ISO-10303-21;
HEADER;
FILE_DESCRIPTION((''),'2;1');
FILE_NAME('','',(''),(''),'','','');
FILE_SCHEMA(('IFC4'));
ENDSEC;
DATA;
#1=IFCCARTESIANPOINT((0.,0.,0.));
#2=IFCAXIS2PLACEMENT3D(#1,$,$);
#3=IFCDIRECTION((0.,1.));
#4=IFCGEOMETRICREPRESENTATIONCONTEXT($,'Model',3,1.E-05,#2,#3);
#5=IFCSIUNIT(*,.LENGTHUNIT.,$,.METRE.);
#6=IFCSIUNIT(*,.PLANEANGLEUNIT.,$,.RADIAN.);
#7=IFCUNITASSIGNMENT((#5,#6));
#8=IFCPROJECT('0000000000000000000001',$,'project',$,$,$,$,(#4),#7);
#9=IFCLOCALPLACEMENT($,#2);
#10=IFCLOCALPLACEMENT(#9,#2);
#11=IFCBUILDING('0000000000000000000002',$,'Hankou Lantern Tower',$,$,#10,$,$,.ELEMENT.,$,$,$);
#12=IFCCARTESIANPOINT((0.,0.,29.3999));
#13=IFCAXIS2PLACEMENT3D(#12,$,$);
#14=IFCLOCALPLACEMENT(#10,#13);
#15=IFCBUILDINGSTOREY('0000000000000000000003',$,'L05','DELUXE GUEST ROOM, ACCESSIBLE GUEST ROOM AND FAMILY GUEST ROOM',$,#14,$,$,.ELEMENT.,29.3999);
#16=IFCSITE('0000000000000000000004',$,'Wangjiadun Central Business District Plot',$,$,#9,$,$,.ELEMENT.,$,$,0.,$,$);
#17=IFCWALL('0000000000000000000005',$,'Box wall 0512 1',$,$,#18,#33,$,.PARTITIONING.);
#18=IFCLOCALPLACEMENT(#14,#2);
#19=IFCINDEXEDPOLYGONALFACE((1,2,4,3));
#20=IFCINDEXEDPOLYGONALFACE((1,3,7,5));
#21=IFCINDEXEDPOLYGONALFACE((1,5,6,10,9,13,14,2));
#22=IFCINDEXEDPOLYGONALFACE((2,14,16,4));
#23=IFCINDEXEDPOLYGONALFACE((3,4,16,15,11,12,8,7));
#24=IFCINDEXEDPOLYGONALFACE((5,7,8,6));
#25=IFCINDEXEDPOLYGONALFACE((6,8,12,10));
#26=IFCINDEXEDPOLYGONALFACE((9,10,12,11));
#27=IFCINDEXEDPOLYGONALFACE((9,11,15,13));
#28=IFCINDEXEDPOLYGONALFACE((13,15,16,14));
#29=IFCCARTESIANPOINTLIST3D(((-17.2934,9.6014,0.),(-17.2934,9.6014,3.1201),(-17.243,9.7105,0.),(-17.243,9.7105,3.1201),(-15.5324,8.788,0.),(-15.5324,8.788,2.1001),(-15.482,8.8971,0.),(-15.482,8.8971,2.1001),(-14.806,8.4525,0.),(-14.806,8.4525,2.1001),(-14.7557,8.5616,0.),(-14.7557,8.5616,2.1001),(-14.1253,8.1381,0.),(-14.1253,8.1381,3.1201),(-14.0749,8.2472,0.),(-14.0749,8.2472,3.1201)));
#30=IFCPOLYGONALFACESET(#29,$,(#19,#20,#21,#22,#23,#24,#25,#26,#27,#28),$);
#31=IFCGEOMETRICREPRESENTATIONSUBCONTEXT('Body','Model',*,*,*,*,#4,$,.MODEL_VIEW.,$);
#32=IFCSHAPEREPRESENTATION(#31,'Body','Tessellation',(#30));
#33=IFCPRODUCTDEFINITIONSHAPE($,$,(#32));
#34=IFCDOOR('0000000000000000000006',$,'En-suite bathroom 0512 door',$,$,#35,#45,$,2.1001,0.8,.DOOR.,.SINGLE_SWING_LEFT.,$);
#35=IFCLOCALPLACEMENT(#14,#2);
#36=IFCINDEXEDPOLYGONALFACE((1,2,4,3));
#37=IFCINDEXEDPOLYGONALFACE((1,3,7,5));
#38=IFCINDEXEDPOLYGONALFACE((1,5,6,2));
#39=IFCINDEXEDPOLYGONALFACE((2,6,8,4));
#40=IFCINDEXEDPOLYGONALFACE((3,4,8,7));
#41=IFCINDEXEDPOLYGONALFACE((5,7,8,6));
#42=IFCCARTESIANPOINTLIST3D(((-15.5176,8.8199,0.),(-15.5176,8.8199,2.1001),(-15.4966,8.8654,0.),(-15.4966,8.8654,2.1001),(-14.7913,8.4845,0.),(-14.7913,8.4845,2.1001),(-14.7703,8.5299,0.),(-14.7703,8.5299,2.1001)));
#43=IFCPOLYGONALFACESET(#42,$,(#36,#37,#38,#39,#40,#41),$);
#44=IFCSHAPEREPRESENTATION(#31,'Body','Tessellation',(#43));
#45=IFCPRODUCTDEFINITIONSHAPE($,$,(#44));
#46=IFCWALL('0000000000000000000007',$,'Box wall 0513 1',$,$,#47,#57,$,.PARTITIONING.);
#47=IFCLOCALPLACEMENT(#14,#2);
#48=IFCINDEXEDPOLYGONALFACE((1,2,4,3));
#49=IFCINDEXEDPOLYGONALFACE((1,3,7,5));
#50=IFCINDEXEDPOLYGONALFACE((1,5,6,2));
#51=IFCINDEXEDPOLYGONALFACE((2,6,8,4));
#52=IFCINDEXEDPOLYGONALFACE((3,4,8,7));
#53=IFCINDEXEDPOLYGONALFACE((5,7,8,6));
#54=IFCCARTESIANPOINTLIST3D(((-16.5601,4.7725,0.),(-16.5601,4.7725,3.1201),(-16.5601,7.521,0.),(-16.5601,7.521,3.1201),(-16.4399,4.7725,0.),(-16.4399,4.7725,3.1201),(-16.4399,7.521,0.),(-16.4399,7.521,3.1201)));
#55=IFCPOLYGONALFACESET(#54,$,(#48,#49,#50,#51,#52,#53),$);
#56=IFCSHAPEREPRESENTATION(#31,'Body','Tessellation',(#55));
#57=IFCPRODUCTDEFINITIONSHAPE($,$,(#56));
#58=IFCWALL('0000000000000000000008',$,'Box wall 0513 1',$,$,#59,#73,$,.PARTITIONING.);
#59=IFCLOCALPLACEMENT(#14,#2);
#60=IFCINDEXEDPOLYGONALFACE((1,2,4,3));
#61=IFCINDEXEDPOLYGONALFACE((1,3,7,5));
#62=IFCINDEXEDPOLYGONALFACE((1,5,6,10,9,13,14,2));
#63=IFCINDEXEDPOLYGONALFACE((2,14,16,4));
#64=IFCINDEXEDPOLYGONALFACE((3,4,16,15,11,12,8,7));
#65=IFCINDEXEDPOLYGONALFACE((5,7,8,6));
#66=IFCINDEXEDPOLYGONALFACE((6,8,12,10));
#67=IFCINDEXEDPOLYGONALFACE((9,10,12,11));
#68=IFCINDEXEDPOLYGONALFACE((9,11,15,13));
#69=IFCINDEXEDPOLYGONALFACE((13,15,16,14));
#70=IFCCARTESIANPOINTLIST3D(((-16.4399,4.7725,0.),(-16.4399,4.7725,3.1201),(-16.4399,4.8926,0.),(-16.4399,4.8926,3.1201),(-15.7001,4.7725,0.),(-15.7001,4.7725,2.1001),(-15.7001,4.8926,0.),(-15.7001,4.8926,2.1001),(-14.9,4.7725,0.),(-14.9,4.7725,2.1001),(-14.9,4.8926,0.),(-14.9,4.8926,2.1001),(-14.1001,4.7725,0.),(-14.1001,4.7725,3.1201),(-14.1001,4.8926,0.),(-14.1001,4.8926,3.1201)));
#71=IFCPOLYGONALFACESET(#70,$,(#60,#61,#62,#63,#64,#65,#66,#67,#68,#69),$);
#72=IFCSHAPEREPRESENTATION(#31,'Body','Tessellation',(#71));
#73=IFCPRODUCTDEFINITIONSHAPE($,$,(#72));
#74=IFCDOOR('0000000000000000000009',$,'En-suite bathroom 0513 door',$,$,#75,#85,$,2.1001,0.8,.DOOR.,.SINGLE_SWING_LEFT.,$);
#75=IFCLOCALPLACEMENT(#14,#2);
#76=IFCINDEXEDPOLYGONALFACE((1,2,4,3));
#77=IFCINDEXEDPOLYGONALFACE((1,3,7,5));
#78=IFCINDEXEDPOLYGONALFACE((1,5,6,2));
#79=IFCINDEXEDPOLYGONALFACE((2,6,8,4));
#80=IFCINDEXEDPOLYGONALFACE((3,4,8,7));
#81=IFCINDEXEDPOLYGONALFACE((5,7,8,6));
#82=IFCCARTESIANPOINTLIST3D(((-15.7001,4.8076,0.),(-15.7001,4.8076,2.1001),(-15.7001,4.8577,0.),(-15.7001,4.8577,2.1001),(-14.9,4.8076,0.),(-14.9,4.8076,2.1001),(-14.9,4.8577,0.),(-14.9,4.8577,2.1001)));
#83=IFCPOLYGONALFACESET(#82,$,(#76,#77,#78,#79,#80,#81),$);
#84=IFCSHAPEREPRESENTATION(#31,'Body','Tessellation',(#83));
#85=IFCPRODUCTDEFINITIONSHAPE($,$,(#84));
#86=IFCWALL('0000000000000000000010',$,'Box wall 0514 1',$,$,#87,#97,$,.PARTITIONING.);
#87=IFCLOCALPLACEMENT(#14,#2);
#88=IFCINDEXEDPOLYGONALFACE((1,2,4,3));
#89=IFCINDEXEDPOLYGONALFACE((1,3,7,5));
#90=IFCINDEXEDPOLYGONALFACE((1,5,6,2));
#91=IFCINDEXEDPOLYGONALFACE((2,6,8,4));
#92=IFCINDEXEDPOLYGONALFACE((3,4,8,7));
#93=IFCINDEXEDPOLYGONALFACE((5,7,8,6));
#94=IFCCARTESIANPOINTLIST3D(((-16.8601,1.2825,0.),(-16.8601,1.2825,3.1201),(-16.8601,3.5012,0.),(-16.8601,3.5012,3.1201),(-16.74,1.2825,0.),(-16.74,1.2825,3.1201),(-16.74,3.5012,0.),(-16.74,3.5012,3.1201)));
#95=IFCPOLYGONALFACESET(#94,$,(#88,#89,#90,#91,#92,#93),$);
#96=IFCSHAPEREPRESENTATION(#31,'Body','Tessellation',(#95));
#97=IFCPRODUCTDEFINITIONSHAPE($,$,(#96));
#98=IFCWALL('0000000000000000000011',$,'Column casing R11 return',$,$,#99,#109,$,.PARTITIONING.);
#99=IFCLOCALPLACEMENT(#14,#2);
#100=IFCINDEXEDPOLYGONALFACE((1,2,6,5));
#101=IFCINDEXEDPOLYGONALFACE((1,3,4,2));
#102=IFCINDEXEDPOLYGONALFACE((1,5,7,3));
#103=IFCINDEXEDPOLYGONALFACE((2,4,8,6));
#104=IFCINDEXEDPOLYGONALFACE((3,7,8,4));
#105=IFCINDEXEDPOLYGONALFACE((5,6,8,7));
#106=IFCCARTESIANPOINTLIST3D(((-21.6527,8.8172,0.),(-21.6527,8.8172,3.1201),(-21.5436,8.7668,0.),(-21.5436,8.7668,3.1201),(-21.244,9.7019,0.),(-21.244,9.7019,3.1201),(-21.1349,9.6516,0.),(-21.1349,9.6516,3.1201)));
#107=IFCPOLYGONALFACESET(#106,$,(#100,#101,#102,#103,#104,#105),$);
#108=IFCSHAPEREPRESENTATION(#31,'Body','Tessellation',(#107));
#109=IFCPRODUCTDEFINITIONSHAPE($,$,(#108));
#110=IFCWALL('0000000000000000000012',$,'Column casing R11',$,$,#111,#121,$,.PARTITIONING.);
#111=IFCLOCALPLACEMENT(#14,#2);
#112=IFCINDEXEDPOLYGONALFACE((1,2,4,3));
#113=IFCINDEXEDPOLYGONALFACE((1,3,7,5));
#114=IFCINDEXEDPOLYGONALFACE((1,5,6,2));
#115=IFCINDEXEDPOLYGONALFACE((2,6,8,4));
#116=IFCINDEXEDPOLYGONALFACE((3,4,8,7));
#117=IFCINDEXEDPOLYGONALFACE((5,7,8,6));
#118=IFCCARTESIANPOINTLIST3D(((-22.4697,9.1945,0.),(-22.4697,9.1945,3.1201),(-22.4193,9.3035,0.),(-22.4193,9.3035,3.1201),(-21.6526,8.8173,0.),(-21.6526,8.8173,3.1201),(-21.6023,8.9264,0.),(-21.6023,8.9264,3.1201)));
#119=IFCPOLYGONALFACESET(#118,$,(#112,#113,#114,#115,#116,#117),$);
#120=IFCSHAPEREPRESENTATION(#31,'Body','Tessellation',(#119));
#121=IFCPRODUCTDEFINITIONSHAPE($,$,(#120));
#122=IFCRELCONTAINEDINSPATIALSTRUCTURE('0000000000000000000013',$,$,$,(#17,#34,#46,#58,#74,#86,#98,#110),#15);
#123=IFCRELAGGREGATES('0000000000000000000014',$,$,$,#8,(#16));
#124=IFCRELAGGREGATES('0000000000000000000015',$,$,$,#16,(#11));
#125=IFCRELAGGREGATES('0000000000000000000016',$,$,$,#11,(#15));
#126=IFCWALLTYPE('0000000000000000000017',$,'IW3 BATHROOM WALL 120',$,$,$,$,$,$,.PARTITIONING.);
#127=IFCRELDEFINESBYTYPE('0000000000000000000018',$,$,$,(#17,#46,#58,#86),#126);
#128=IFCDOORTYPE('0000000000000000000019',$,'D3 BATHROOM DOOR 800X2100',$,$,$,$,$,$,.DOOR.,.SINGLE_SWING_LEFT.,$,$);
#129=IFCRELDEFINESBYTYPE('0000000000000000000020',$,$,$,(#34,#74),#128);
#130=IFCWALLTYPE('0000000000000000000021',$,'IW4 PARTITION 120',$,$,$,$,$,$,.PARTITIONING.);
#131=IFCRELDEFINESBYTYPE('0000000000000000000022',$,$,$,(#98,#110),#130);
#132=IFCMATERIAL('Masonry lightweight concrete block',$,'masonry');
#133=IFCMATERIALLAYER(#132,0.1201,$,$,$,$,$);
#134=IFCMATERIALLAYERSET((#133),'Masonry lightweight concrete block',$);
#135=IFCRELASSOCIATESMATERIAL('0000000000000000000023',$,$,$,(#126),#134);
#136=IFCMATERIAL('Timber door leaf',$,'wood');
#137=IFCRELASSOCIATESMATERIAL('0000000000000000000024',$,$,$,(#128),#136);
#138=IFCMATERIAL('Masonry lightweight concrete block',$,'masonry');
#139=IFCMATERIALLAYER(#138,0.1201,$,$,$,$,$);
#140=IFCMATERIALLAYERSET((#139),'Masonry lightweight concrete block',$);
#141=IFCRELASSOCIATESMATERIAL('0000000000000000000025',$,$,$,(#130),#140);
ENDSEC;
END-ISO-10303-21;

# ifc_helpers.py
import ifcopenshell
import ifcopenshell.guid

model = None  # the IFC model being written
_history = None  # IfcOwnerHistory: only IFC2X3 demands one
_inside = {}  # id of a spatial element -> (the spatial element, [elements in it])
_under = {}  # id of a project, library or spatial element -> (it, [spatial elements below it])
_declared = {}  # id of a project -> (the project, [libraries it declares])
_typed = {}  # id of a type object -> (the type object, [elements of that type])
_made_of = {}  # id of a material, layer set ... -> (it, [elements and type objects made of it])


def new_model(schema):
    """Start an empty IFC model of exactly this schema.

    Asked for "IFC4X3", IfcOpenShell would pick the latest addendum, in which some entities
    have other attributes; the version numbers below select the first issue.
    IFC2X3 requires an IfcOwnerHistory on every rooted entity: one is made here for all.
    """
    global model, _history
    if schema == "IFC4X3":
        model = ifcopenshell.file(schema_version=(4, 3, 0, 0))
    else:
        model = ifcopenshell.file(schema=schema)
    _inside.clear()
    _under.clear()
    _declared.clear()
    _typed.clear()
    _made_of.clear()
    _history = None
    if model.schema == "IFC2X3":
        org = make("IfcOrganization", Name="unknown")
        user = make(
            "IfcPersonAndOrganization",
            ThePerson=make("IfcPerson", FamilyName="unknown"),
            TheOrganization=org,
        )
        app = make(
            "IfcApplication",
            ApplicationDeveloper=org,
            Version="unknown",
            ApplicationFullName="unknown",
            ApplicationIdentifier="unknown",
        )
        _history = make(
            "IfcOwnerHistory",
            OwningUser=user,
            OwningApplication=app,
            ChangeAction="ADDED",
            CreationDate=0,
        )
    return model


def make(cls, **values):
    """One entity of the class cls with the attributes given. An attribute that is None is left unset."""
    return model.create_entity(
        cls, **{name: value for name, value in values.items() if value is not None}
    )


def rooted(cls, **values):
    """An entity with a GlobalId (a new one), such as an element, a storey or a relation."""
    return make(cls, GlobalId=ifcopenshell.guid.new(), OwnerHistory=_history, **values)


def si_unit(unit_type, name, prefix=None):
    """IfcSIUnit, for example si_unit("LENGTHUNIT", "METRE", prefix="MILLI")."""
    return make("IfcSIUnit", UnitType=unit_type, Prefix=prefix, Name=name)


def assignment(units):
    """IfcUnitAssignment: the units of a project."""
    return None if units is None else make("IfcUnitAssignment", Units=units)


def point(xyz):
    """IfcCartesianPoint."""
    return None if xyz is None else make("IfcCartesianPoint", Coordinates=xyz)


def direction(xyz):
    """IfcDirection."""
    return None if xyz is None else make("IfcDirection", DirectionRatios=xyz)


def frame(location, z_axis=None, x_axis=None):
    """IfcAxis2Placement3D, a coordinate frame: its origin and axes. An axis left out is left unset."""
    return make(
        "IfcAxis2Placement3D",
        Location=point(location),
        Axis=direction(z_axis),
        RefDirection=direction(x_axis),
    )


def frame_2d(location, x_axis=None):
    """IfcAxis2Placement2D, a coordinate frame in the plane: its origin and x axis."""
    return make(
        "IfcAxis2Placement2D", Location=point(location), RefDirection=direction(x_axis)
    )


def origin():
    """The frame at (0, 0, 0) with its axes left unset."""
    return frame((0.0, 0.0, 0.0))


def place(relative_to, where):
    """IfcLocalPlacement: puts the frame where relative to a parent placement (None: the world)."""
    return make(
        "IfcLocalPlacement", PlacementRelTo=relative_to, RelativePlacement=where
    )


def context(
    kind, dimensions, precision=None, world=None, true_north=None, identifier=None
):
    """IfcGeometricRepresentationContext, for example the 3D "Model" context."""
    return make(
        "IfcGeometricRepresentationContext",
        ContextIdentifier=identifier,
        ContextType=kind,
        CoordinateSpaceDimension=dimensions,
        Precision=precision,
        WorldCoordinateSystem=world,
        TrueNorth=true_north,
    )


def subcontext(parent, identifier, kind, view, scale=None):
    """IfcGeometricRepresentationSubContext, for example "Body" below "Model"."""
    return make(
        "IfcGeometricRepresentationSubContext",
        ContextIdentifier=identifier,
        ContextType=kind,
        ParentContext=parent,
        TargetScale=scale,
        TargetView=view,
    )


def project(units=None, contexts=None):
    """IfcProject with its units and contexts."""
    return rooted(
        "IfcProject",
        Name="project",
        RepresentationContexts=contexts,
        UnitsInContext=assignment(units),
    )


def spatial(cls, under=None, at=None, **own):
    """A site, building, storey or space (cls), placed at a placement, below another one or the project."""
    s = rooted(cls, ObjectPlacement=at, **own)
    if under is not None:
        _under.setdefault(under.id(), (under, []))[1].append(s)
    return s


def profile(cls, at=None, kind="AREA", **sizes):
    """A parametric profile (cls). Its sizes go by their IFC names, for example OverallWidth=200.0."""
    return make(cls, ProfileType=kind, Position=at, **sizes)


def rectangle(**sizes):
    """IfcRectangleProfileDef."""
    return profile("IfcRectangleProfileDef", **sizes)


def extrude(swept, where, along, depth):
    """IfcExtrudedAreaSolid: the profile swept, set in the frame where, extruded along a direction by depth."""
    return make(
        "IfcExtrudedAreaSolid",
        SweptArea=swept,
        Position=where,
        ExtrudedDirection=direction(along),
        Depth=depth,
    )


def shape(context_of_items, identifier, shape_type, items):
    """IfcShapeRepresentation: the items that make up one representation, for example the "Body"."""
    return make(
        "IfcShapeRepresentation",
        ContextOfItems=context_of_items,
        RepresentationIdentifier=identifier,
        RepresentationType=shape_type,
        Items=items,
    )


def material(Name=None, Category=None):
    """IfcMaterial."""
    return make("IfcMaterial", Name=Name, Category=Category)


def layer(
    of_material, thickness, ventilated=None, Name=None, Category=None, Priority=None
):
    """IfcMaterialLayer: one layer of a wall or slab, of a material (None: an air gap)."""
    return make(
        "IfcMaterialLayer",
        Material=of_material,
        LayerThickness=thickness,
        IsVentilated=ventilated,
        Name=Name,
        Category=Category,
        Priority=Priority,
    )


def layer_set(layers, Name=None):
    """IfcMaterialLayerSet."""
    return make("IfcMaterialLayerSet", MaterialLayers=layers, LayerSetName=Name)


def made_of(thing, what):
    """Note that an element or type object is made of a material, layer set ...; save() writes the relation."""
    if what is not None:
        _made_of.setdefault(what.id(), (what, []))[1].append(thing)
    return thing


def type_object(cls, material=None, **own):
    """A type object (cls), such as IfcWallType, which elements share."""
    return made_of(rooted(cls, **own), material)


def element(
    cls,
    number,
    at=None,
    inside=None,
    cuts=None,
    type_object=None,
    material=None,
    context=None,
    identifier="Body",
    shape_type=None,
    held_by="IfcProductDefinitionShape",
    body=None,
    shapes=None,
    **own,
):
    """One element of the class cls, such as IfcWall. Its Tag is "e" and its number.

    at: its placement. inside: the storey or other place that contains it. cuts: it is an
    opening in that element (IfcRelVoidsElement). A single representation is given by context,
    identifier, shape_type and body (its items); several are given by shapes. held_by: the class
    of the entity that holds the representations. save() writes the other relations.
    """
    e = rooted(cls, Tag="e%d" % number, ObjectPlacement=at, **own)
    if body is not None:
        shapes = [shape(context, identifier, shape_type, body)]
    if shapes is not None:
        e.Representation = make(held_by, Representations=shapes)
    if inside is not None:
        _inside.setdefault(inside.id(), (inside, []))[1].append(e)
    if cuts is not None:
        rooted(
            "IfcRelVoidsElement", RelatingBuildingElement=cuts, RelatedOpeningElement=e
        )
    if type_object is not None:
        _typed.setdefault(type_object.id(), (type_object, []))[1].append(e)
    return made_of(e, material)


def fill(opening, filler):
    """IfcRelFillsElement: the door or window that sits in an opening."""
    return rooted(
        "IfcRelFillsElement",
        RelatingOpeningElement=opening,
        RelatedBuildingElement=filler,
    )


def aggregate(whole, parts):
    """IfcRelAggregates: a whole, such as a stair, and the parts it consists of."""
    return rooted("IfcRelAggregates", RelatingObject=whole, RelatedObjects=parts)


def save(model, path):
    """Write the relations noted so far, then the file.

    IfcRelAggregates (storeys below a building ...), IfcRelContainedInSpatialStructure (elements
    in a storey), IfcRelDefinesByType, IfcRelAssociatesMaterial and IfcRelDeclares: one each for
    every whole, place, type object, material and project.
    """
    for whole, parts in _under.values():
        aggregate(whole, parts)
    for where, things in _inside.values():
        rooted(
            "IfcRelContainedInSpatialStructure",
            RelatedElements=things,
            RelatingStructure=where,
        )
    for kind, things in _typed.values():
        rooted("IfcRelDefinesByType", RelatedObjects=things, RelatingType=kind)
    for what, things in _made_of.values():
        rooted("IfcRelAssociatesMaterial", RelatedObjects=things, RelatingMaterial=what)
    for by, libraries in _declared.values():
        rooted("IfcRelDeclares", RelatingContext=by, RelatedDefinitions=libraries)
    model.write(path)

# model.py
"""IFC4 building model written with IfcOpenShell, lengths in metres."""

from ifc_helpers import new_model, si_unit, direction, frame, frame_2d, origin, place, context, subcontext, project, spatial, rectangle, extrude, material, layer, layer_set, type_object, element, fill, save


model = new_model("IFC4")

# Units and contexts
model_context = context("Model", 3, precision=1e-05, world=origin(), true_north=direction((0.0, 1.0)))
body_context = subcontext(model_context, "Body", "Model", "MODEL_VIEW")
ifc_project = project(units=[si_unit("LENGTHUNIT", "METRE"), si_unit("PLANEANGLEUNIT", "RADIAN")], contexts=[model_context])

# Site, building, storey
site_placement = place(None, origin())
site = spatial("IfcSite", under=ifc_project, at=site_placement, Name="Wangjiadun Central Business District Plot", CompositionType="ELEMENT", RefElevation=0.0)
building_placement = place(site_placement, origin())
building = spatial("IfcBuilding", under=site, at=building_placement, Name="Hankou Lantern Tower", CompositionType="ELEMENT")
storey_placement = place(building_placement, frame((0.0, 0.0, 29.3999)))
storey = spatial("IfcBuildingStorey", under=building, at=storey_placement, Name="L05", Description="DELUXE GUEST ROOM, ACCESSIBLE GUEST ROOM AND FAMILY GUEST ROOM", CompositionType="ELEMENT", Elevation=29.3999)

# Shared definitions
ifc_material_1 = material(Name="Masonry lightweight concrete block", Category="masonry")
ifc_layer_1 = layer(ifc_material_1, 0.1201)
ifc_layer_set_1 = layer_set([ifc_layer_1], Name="Masonry lightweight concrete block")
wall_type_1 = type_object("IfcWallType", Name="IW3 BATHROOM WALL 120", PredefinedType="PARTITIONING", material=ifc_layer_set_1)

# Wall, opening, door
wall_1_placement = place(storey_placement, frame((-14.1001, 8.1926, 0.0), z_axis=(0.0, 0.0, 1.0), x_axis=(-0.907836, 0.419324, 0.0)))
wall_1 = element("IfcWall", 1, at=wall_1_placement, inside=storey, type_object=wall_type_1, Name="Box wall 0512 1", PredefinedType="PARTITIONING", context=body_context, shape_type="SweptSolid", body=[
    extrude(rectangle(XDim=3.4897, YDim=0.1201, at=frame_2d((1.7449, 0.0))), origin(), (0.0, 0.0, 1.0), 3.1201),
])
opening_1_placement = place(wall_1_placement, frame((0.75, 0.0, 0.0)))
opening_1 = element("IfcOpeningElement", 2, at=opening_1_placement, cuts=wall_1, PredefinedType="OPENING", context=body_context, shape_type="SweptSolid", body=[
    extrude(rectangle(XDim=0.8, YDim=2.1001, at=frame_2d((0.3999, 1.05))), frame((0.0, 0.0701, 0.0), z_axis=(0.0, -1.0, 0.0), x_axis=(1.0, 0.0, 0.0)), (0.0, 0.0, 1.0), 0.1401),
])
ifc_material_2 = material(Name="Timber door leaf", Category="wood")
door_type_1 = type_object("IfcDoorType", Name="D3 BATHROOM DOOR 800X2100", OperationType="SINGLE_SWING_LEFT", PredefinedType="DOOR", material=ifc_material_2)
door_1_placement = place(opening_1_placement, origin())
door_1 = element("IfcDoor", 3, at=door_1_placement, inside=storey, type_object=door_type_1, Name="En-suite bathroom 0512 door", OperationType="SINGLE_SWING_LEFT", OverallHeight=2.1001, OverallWidth=0.8, PredefinedType="DOOR", context=body_context, shape_type="SweptSolid", body=[
    extrude(rectangle(XDim=0.8, YDim=2.1001, at=frame_2d((0.3999, 1.05))), frame((0.0, 0.0249, 0.0), z_axis=(0.0, -1.0, 0.0), x_axis=(1.0, 0.0, 0.0)), (0.0, 0.0, 1.0), 0.05),
])
fill(opening_1, door_1)

# Wall
wall_2_placement = place(storey_placement, frame((-16.5, 7.521, 0.0), z_axis=(0.0, 0.0, 1.0), x_axis=(0.0, -1.0, 0.0)))
element("IfcWall", 4, at=wall_2_placement, inside=storey, type_object=wall_type_1, Name="Box wall 0513 1", PredefinedType="PARTITIONING", context=body_context, shape_type="SweptSolid", body=[
    extrude(rectangle(XDim=2.7485, YDim=0.1201, at=frame_2d((1.3743, 0.0))), origin(), (0.0, 0.0, 1.0), 3.1201),
])

# Wall, opening, door
wall_3_placement = place(storey_placement, frame((-14.1001, 4.8325, 0.0), z_axis=(0.0, 0.0, 1.0), x_axis=(-1.0, 0.0, 0.0)))
wall_3 = element("IfcWall", 5, at=wall_3_placement, inside=storey, type_object=wall_type_1, Name="Box wall 0513 1", PredefinedType="PARTITIONING", context=body_context, shape_type="SweptSolid", body=[
    extrude(rectangle(XDim=2.3398, YDim=0.1201, at=frame_2d((1.1699, 0.0))), origin(), (0.0, 0.0, 1.0), 3.1201),
])
opening_2_placement = place(wall_3_placement, frame((0.8, 0.0, 0.0)))
opening_2 = element("IfcOpeningElement", 6, at=opening_2_placement, cuts=wall_3, PredefinedType="OPENING", context=body_context, shape_type="SweptSolid", body=[
    extrude(rectangle(XDim=0.8, YDim=2.1001, at=frame_2d((0.3999, 1.05))), frame((0.0, 0.0701, 0.0), z_axis=(0.0, -1.0, 0.0), x_axis=(1.0, 0.0, 0.0)), (0.0, 0.0, 1.0), 0.1401),
])
door_2_placement = place(opening_2_placement, origin())
door_2 = element("IfcDoor", 7, at=door_2_placement, inside=storey, type_object=door_type_1, Name="En-suite bathroom 0513 door", OperationType="SINGLE_SWING_LEFT", OverallHeight=2.1001, OverallWidth=0.8, PredefinedType="DOOR", context=body_context, shape_type="SweptSolid", body=[
    extrude(rectangle(XDim=0.8, YDim=2.1001, at=frame_2d((0.3999, 1.05))), frame((0.0, 0.0249, 0.0), z_axis=(0.0, -1.0, 0.0), x_axis=(1.0, 0.0, 0.0)), (0.0, 0.0, 1.0), 0.05),
])
fill(opening_2, door_2)

# Walls
wall_4_placement = place(storey_placement, frame((-16.8, 3.5012, 0.0), z_axis=(0.0, 0.0, 1.0), x_axis=(0.0, -1.0, 0.0)))
element("IfcWall", 8, at=wall_4_placement, inside=storey, type_object=wall_type_1, Name="Box wall 0514 1", PredefinedType="PARTITIONING", context=body_context, shape_type="SweptSolid", body=[
    extrude(rectangle(XDim=2.2188, YDim=0.1201, at=frame_2d((1.1094, 0.0))), origin(), (0.0, 0.0, 1.0), 3.1201),
])
ifc_material_3 = material(Name="Masonry lightweight concrete block", Category="masonry")
ifc_layer_2 = layer(ifc_material_3, 0.1201)
ifc_layer_set_2 = layer_set([ifc_layer_2], Name="Masonry lightweight concrete block")
wall_type_2 = type_object("IfcWallType", Name="IW4 PARTITION 120", PredefinedType="PARTITIONING", material=ifc_layer_set_2)
wall_5_placement = place(storey_placement, frame((-21.1895, 9.6768, 0.0), z_axis=(0.0, 0.0, 1.0), x_axis=(-0.419344, -0.907827, 0.0)))
element("IfcWall", 9, at=wall_5_placement, inside=storey, type_object=wall_type_2, Name="Column casing R11 return", PredefinedType="PARTITIONING", context=body_context, shape_type="SweptSolid", body=[
    extrude(rectangle(XDim=0.9746, YDim=0.1201, at=frame_2d((0.4873, 0.0))), origin(), (0.0, 0.0, 1.0), 3.1201),
])
wall_6_placement = place(storey_placement, frame((-21.6274, 8.8718, 0.0), z_axis=(0.0, 0.0, 1.0), x_axis=(-0.907936, 0.41911, 0.0)))
element("IfcWall", 10, at=wall_6_placement, inside=storey, type_object=wall_type_2, Name="Column casing R11", PredefinedType="PARTITIONING", context=body_context, shape_type="SweptSolid", body=[
    extrude(rectangle(XDim=0.8999, YDim=0.1201, at=frame_2d((0.45, 0.0))), origin(), (0.0, 0.0, 1.0), 3.1201),
])

save(model, "model.ifc")
